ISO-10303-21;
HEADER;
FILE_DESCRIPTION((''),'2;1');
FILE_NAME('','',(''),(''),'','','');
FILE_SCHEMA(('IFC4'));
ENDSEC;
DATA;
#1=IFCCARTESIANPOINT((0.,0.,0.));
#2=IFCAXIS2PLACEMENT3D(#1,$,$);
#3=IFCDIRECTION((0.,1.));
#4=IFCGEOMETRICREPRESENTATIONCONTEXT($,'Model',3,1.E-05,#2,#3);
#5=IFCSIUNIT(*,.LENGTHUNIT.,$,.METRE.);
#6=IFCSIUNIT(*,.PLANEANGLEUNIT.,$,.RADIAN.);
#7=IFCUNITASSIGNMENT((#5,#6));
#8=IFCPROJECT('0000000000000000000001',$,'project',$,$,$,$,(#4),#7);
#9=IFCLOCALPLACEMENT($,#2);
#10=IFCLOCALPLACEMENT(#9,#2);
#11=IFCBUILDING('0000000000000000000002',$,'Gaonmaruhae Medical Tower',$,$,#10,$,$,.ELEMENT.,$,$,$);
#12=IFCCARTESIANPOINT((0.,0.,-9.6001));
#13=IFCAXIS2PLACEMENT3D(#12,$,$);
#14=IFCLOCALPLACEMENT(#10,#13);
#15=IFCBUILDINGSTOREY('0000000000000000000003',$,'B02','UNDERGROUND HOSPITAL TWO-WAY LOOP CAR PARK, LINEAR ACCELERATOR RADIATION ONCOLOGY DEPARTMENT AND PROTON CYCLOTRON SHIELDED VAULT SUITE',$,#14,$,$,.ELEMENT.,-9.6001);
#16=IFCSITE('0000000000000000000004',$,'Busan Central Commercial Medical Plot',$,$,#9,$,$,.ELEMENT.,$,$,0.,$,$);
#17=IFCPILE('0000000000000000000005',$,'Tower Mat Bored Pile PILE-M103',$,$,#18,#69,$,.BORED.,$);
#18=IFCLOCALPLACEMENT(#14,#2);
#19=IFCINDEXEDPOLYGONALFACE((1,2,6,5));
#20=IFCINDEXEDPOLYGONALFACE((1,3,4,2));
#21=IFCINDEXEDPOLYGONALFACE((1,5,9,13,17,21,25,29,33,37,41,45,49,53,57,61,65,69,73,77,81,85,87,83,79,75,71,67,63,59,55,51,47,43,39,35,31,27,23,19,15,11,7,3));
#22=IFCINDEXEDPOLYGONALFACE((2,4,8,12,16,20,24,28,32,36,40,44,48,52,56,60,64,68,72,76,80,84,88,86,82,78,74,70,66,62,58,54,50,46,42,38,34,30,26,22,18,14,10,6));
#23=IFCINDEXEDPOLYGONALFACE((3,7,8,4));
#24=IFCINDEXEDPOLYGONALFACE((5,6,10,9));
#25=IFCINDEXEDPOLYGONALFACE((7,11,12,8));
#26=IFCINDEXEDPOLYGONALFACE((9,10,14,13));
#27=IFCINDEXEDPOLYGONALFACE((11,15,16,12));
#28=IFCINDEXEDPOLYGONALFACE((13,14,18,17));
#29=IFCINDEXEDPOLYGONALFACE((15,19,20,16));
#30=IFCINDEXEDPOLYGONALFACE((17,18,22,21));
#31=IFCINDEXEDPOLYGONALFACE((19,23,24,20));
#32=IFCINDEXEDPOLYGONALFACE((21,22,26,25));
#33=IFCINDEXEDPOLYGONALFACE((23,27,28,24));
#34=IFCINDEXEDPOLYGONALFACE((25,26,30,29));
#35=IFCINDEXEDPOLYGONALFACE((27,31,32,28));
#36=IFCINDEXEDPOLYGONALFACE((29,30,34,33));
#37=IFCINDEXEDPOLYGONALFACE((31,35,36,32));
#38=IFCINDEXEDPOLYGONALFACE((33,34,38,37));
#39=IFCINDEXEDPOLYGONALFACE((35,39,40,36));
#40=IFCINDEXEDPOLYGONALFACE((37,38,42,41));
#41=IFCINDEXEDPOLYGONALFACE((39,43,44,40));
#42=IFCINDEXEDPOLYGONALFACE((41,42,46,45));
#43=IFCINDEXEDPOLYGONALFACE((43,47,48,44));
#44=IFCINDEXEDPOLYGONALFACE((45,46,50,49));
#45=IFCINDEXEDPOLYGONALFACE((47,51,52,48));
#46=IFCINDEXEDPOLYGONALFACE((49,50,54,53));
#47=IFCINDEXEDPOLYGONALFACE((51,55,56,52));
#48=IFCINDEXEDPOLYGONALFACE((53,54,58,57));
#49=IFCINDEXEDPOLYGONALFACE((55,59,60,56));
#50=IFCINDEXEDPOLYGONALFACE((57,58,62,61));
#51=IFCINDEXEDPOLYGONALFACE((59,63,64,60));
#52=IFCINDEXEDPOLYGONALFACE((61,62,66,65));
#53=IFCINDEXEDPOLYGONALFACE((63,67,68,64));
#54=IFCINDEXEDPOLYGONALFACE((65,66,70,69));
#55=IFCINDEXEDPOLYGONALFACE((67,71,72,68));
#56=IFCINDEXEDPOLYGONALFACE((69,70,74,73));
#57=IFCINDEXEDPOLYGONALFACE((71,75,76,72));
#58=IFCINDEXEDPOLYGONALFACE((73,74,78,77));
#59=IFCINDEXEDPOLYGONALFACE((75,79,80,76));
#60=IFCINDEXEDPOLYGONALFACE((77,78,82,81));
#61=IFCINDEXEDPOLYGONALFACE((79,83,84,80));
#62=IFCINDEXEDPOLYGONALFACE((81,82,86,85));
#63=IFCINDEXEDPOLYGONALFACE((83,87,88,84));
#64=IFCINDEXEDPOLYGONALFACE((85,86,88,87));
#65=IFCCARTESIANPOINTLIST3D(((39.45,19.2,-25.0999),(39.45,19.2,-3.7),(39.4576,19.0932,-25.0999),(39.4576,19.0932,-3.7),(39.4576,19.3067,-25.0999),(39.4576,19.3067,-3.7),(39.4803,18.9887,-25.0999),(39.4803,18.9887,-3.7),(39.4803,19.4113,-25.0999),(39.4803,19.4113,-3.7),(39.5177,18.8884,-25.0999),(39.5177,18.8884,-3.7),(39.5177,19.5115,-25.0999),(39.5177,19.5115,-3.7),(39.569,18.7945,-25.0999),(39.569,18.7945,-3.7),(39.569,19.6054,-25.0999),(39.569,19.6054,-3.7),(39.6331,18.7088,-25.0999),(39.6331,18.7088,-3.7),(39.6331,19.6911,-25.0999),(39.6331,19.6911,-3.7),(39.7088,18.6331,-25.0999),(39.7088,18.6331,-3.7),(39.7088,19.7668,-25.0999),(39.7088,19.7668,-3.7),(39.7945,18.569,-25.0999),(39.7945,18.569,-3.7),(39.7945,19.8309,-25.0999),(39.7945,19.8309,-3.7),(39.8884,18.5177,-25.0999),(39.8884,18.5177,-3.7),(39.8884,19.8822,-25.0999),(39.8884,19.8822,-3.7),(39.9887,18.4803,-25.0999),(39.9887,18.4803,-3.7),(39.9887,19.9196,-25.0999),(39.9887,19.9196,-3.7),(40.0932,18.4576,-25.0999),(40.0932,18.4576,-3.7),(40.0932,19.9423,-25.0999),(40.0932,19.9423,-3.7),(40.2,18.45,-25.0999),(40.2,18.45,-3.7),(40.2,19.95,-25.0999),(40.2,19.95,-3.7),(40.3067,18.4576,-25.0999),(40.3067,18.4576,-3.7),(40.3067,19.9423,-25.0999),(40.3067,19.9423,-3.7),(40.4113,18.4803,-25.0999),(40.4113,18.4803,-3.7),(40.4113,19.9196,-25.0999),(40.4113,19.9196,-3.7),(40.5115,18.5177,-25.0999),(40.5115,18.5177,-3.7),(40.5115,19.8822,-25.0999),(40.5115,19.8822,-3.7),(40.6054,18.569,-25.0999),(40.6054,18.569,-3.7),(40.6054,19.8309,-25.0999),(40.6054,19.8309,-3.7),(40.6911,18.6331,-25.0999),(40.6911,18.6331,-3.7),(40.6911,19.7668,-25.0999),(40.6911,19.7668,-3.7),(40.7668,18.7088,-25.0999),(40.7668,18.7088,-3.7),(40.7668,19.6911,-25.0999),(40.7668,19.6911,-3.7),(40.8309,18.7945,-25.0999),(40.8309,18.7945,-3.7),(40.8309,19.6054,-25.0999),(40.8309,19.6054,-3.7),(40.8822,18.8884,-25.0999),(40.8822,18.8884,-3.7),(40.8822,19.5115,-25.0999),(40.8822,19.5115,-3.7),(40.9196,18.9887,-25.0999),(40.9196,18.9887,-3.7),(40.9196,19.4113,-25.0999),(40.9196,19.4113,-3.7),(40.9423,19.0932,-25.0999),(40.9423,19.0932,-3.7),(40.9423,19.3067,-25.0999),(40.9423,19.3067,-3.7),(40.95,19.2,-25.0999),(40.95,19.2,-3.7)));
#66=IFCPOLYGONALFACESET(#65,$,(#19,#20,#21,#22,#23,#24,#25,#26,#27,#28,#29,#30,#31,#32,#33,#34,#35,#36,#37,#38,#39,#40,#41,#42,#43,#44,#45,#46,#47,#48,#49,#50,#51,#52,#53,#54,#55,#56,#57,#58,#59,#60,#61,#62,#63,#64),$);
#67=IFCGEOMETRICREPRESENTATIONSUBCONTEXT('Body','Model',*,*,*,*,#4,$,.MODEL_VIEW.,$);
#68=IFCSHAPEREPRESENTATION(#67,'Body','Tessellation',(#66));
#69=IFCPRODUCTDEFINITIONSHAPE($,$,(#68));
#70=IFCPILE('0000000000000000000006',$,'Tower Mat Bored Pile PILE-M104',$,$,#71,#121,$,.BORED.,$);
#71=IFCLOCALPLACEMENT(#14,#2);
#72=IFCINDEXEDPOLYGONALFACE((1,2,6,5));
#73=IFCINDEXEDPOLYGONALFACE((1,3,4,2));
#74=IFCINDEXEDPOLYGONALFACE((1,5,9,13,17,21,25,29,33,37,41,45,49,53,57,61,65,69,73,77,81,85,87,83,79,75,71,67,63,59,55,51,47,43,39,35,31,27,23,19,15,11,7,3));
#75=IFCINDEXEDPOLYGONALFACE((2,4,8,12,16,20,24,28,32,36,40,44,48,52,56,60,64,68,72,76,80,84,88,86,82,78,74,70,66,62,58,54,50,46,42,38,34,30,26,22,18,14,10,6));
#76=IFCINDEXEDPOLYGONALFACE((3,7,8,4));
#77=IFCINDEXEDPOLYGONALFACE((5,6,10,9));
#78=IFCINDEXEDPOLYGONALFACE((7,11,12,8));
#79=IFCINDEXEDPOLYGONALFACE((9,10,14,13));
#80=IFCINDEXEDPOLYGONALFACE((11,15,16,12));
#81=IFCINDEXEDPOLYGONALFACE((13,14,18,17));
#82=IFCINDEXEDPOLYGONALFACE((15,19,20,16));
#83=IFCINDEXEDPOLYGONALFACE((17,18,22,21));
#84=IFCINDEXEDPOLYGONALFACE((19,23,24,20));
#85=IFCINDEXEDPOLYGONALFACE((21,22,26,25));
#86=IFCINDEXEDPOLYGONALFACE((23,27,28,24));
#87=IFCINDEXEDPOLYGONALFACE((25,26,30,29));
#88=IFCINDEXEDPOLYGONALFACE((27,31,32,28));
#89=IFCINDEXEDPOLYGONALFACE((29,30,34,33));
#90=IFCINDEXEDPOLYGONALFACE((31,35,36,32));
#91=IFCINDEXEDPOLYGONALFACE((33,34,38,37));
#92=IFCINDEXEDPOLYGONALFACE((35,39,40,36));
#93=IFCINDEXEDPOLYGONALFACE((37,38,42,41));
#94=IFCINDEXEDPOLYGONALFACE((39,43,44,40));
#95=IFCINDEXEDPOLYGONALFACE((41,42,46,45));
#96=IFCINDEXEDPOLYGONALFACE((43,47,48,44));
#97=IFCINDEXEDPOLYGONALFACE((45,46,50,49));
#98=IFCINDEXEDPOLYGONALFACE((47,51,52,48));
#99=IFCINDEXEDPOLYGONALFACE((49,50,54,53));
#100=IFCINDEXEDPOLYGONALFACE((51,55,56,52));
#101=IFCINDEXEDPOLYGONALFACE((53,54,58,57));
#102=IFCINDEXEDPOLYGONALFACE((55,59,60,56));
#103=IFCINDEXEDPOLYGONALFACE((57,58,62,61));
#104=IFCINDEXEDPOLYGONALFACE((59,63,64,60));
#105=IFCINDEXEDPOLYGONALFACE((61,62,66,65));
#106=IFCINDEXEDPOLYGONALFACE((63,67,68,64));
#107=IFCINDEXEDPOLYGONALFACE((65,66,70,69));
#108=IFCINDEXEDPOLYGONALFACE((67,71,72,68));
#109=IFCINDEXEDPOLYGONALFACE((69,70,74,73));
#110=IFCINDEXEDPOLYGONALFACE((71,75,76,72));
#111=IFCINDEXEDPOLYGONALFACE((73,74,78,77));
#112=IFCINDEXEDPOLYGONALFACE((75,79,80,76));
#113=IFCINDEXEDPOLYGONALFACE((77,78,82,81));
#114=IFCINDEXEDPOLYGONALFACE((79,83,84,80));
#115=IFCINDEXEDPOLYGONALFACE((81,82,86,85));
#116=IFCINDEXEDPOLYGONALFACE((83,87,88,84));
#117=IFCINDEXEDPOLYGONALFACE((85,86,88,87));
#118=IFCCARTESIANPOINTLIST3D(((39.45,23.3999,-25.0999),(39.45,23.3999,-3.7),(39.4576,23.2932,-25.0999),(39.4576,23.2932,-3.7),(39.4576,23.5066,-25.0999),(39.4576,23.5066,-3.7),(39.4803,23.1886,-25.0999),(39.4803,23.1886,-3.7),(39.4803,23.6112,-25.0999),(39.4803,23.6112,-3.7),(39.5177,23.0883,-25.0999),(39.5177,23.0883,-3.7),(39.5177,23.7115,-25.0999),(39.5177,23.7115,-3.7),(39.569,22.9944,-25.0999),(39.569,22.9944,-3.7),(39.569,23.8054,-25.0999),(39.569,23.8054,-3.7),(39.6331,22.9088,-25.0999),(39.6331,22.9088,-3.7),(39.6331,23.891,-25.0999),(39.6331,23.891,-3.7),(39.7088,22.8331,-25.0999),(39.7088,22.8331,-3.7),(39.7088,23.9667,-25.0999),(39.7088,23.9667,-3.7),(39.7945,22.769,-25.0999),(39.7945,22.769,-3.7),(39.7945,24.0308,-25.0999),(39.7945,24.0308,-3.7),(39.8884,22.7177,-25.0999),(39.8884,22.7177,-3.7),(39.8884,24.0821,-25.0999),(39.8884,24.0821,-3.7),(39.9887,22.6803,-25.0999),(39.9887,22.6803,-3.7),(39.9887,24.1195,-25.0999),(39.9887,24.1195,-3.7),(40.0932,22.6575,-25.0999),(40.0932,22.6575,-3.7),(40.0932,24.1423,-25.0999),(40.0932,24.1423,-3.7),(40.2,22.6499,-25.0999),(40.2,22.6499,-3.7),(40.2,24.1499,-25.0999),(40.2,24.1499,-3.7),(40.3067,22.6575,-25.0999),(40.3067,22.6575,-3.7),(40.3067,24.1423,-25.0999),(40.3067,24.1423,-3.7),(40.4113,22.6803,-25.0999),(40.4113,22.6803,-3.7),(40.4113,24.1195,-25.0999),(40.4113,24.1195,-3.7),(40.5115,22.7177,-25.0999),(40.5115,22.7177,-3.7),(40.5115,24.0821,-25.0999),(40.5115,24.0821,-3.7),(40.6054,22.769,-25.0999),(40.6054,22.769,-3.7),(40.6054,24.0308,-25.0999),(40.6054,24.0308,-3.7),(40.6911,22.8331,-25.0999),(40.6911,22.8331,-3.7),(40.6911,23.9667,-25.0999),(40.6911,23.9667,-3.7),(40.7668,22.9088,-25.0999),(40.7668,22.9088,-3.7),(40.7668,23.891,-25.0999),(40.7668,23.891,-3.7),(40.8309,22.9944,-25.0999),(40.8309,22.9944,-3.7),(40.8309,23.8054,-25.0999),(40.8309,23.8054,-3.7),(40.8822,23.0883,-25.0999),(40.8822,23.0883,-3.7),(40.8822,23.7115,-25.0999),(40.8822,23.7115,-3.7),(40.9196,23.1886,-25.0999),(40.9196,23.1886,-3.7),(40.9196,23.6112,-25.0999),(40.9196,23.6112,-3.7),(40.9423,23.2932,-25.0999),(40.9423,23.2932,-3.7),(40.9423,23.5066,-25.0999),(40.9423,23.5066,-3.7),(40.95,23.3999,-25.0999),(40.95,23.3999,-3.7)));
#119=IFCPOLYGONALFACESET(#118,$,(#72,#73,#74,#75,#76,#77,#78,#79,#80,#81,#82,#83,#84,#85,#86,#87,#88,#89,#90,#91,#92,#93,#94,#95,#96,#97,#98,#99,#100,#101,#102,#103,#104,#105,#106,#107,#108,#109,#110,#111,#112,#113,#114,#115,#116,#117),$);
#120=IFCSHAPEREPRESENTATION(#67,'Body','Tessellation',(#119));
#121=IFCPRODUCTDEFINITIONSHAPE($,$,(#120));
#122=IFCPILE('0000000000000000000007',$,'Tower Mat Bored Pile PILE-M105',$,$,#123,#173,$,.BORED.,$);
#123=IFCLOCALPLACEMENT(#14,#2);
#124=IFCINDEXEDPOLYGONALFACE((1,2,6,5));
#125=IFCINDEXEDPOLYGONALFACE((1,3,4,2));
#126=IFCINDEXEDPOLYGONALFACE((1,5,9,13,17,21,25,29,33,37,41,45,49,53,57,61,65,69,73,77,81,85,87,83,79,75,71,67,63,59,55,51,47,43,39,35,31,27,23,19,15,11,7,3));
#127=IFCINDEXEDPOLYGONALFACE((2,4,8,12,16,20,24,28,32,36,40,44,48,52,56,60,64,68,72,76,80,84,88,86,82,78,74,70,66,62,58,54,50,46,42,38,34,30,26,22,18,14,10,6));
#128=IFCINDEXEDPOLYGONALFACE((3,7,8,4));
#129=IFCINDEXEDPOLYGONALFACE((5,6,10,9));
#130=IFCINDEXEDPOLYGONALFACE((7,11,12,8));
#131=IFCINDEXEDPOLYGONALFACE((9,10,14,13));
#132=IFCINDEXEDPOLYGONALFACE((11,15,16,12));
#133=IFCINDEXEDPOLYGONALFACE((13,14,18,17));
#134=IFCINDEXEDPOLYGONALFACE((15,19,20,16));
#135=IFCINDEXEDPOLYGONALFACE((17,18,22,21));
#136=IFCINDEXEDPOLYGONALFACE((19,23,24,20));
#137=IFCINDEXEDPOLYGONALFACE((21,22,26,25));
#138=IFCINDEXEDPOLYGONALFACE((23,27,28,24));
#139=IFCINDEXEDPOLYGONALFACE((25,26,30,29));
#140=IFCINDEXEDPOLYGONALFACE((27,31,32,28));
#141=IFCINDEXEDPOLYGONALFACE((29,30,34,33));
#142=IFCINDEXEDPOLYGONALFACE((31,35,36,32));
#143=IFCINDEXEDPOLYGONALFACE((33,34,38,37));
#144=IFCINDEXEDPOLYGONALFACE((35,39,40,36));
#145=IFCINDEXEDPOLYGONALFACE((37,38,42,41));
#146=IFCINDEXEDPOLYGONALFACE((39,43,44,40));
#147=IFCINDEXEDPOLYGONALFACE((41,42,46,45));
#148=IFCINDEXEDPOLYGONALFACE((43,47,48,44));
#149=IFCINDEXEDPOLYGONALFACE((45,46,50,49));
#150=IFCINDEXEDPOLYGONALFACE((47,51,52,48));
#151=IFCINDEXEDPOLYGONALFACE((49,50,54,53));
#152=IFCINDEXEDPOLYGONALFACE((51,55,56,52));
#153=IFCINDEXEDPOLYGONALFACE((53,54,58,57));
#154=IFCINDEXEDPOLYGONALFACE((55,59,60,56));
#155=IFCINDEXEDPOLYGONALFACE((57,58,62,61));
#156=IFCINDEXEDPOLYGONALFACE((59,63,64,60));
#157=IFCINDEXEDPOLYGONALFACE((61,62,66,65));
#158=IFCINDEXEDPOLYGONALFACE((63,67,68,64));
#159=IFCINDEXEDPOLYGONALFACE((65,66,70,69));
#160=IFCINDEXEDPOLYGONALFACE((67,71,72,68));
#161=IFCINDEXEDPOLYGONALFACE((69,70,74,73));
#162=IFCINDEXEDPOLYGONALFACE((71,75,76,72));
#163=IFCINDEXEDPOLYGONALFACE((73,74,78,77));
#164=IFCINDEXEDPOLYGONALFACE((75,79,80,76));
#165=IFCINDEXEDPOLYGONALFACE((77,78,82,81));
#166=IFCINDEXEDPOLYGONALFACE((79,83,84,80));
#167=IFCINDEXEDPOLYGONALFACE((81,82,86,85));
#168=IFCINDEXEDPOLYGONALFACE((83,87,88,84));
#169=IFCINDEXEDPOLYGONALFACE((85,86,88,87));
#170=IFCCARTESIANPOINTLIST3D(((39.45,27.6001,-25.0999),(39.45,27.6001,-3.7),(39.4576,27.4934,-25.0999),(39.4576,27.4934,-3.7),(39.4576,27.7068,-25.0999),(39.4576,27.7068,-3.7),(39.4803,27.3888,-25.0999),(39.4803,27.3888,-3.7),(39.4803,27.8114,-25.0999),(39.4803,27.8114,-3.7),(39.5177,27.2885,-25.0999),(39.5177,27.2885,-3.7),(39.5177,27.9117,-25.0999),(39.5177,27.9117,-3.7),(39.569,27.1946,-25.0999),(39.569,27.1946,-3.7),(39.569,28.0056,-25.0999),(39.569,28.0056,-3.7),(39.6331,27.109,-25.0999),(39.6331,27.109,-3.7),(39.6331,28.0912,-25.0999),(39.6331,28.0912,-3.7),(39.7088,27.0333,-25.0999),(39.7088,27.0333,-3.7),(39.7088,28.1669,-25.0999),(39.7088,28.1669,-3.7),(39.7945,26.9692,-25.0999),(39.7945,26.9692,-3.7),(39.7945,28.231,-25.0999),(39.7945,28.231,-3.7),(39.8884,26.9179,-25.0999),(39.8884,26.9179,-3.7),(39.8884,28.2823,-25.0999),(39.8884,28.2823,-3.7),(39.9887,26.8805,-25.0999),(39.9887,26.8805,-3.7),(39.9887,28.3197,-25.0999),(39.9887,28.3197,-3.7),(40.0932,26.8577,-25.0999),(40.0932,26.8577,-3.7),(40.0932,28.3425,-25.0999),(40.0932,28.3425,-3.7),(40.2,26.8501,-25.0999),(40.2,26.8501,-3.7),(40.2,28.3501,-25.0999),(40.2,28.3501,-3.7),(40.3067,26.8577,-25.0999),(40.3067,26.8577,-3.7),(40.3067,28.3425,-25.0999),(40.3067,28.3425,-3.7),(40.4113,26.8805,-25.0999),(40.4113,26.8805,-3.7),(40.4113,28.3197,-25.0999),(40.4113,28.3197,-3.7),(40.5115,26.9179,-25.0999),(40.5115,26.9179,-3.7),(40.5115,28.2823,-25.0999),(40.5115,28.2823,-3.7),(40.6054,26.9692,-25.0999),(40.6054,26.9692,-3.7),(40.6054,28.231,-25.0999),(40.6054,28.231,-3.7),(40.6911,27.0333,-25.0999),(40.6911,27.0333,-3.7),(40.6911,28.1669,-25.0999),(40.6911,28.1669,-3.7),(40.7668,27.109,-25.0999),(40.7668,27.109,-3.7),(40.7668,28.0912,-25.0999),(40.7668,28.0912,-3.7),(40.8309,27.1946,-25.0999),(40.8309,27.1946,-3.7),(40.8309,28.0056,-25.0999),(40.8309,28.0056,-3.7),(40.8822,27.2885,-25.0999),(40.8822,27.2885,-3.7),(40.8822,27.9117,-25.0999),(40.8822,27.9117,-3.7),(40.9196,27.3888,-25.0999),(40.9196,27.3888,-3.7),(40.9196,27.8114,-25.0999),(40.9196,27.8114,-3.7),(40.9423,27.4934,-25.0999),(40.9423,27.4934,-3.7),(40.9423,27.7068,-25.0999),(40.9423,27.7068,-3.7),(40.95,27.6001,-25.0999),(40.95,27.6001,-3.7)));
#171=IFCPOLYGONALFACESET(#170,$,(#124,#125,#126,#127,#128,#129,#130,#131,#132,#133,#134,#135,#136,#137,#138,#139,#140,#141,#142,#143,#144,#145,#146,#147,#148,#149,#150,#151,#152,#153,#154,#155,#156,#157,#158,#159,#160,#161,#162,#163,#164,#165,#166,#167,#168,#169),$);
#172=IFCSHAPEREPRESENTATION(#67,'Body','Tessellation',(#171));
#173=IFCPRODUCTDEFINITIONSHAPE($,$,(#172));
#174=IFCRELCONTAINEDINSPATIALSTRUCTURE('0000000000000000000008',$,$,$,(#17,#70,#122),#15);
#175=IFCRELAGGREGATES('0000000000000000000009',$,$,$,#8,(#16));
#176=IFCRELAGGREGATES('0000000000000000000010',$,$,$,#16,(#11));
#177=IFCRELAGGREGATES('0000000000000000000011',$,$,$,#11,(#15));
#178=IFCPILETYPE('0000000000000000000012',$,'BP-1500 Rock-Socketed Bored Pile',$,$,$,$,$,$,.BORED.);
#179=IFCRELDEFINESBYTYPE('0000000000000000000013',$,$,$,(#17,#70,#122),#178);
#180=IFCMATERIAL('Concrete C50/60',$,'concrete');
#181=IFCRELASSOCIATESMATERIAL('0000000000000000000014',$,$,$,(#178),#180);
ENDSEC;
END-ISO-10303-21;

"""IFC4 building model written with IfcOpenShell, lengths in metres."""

from ifc_helpers import new_model, si_unit, direction, frame, origin, origin_2d, place, context, subcontext, project, spatial, circle, extrude, material, material_profile, profile_set, type_object, element, save


model = new_model("IFC4")

# Units and contexts
model_context = context("Model", 3, precision=1e-05, world=origin(), true_north=direction((0.0, 1.0)))
body_context = subcontext(model_context, "Body", "Model", "MODEL_VIEW")
ifc_project = project(units=[si_unit("LENGTHUNIT", "METRE"), si_unit("PLANEANGLEUNIT", "RADIAN")], contexts=[model_context])

# Site, building, storey
site_placement = place(None, origin())
site = spatial("IfcSite", under=ifc_project, at=site_placement, Name="Busan Central Commercial Medical Plot", CompositionType="ELEMENT", RefElevation=0.0)
building_placement = place(site_placement, origin())
building = spatial("IfcBuilding", under=site, at=building_placement, Name="Gaonmaruhae Medical Tower", CompositionType="ELEMENT")
storey_placement = place(building_placement, frame((0.0, 0.0, -9.6001)))
storey = spatial("IfcBuildingStorey", under=building, at=storey_placement, Name="B02", Description="UNDERGROUND HOSPITAL TWO-WAY LOOP CAR PARK, LINEAR ACCELERATOR RADIATION ONCOLOGY DEPARTMENT AND PROTON CYCLOTRON SHIELDED VAULT SUITE", CompositionType="ELEMENT", Elevation=-9.6001)

# Piles
ifc_material_1 = material(Name="Concrete C50/60", Category="concrete")
ifc_material_profile_1 = material_profile(ifc_material_1, circle(Radius=0.75, at=origin_2d()), Name="PILE-D1500")
ifc_profile_set_1 = profile_set([ifc_material_profile_1], Name="Concrete C50/60")
pile_type = type_object("IfcPileType", Name="BP-1500 Rock-Socketed Bored Pile", PredefinedType="BORED", material=ifc_profile_set_1)
for number, where, z_axis, x_axis, name in (
    (1, (40.2, 19.2, -3.7), (0.0, 0.0, -1.0), (1.0, 0.0, 0.0), "Tower Mat Bored Pile PILE-M103"),
    (2, (40.2, 23.3999, -3.7), (0.0, 0.0, -1.0), (1.0, 0.0, 0.0), "Tower Mat Bored Pile PILE-M104"),
    (3, (40.2, 27.6001, -3.7), (0.0, 0.0, -1.0), (1.0, 0.0, 0.0), "Tower Mat Bored Pile PILE-M105"),
):
    element("IfcPile", number, at=place(storey_placement, frame(where, z_axis=z_axis, x_axis=x_axis)), inside=storey, type_object=pile_type, Name=name, PredefinedType="BORED", context=body_context, shape_type="SweptSolid", body=[
        extrude(circle(Radius=0.75, at=origin_2d()), origin(), (0.0, 0.0, 1.0), 21.3999),
    ])

save(model, "model.ifc")
